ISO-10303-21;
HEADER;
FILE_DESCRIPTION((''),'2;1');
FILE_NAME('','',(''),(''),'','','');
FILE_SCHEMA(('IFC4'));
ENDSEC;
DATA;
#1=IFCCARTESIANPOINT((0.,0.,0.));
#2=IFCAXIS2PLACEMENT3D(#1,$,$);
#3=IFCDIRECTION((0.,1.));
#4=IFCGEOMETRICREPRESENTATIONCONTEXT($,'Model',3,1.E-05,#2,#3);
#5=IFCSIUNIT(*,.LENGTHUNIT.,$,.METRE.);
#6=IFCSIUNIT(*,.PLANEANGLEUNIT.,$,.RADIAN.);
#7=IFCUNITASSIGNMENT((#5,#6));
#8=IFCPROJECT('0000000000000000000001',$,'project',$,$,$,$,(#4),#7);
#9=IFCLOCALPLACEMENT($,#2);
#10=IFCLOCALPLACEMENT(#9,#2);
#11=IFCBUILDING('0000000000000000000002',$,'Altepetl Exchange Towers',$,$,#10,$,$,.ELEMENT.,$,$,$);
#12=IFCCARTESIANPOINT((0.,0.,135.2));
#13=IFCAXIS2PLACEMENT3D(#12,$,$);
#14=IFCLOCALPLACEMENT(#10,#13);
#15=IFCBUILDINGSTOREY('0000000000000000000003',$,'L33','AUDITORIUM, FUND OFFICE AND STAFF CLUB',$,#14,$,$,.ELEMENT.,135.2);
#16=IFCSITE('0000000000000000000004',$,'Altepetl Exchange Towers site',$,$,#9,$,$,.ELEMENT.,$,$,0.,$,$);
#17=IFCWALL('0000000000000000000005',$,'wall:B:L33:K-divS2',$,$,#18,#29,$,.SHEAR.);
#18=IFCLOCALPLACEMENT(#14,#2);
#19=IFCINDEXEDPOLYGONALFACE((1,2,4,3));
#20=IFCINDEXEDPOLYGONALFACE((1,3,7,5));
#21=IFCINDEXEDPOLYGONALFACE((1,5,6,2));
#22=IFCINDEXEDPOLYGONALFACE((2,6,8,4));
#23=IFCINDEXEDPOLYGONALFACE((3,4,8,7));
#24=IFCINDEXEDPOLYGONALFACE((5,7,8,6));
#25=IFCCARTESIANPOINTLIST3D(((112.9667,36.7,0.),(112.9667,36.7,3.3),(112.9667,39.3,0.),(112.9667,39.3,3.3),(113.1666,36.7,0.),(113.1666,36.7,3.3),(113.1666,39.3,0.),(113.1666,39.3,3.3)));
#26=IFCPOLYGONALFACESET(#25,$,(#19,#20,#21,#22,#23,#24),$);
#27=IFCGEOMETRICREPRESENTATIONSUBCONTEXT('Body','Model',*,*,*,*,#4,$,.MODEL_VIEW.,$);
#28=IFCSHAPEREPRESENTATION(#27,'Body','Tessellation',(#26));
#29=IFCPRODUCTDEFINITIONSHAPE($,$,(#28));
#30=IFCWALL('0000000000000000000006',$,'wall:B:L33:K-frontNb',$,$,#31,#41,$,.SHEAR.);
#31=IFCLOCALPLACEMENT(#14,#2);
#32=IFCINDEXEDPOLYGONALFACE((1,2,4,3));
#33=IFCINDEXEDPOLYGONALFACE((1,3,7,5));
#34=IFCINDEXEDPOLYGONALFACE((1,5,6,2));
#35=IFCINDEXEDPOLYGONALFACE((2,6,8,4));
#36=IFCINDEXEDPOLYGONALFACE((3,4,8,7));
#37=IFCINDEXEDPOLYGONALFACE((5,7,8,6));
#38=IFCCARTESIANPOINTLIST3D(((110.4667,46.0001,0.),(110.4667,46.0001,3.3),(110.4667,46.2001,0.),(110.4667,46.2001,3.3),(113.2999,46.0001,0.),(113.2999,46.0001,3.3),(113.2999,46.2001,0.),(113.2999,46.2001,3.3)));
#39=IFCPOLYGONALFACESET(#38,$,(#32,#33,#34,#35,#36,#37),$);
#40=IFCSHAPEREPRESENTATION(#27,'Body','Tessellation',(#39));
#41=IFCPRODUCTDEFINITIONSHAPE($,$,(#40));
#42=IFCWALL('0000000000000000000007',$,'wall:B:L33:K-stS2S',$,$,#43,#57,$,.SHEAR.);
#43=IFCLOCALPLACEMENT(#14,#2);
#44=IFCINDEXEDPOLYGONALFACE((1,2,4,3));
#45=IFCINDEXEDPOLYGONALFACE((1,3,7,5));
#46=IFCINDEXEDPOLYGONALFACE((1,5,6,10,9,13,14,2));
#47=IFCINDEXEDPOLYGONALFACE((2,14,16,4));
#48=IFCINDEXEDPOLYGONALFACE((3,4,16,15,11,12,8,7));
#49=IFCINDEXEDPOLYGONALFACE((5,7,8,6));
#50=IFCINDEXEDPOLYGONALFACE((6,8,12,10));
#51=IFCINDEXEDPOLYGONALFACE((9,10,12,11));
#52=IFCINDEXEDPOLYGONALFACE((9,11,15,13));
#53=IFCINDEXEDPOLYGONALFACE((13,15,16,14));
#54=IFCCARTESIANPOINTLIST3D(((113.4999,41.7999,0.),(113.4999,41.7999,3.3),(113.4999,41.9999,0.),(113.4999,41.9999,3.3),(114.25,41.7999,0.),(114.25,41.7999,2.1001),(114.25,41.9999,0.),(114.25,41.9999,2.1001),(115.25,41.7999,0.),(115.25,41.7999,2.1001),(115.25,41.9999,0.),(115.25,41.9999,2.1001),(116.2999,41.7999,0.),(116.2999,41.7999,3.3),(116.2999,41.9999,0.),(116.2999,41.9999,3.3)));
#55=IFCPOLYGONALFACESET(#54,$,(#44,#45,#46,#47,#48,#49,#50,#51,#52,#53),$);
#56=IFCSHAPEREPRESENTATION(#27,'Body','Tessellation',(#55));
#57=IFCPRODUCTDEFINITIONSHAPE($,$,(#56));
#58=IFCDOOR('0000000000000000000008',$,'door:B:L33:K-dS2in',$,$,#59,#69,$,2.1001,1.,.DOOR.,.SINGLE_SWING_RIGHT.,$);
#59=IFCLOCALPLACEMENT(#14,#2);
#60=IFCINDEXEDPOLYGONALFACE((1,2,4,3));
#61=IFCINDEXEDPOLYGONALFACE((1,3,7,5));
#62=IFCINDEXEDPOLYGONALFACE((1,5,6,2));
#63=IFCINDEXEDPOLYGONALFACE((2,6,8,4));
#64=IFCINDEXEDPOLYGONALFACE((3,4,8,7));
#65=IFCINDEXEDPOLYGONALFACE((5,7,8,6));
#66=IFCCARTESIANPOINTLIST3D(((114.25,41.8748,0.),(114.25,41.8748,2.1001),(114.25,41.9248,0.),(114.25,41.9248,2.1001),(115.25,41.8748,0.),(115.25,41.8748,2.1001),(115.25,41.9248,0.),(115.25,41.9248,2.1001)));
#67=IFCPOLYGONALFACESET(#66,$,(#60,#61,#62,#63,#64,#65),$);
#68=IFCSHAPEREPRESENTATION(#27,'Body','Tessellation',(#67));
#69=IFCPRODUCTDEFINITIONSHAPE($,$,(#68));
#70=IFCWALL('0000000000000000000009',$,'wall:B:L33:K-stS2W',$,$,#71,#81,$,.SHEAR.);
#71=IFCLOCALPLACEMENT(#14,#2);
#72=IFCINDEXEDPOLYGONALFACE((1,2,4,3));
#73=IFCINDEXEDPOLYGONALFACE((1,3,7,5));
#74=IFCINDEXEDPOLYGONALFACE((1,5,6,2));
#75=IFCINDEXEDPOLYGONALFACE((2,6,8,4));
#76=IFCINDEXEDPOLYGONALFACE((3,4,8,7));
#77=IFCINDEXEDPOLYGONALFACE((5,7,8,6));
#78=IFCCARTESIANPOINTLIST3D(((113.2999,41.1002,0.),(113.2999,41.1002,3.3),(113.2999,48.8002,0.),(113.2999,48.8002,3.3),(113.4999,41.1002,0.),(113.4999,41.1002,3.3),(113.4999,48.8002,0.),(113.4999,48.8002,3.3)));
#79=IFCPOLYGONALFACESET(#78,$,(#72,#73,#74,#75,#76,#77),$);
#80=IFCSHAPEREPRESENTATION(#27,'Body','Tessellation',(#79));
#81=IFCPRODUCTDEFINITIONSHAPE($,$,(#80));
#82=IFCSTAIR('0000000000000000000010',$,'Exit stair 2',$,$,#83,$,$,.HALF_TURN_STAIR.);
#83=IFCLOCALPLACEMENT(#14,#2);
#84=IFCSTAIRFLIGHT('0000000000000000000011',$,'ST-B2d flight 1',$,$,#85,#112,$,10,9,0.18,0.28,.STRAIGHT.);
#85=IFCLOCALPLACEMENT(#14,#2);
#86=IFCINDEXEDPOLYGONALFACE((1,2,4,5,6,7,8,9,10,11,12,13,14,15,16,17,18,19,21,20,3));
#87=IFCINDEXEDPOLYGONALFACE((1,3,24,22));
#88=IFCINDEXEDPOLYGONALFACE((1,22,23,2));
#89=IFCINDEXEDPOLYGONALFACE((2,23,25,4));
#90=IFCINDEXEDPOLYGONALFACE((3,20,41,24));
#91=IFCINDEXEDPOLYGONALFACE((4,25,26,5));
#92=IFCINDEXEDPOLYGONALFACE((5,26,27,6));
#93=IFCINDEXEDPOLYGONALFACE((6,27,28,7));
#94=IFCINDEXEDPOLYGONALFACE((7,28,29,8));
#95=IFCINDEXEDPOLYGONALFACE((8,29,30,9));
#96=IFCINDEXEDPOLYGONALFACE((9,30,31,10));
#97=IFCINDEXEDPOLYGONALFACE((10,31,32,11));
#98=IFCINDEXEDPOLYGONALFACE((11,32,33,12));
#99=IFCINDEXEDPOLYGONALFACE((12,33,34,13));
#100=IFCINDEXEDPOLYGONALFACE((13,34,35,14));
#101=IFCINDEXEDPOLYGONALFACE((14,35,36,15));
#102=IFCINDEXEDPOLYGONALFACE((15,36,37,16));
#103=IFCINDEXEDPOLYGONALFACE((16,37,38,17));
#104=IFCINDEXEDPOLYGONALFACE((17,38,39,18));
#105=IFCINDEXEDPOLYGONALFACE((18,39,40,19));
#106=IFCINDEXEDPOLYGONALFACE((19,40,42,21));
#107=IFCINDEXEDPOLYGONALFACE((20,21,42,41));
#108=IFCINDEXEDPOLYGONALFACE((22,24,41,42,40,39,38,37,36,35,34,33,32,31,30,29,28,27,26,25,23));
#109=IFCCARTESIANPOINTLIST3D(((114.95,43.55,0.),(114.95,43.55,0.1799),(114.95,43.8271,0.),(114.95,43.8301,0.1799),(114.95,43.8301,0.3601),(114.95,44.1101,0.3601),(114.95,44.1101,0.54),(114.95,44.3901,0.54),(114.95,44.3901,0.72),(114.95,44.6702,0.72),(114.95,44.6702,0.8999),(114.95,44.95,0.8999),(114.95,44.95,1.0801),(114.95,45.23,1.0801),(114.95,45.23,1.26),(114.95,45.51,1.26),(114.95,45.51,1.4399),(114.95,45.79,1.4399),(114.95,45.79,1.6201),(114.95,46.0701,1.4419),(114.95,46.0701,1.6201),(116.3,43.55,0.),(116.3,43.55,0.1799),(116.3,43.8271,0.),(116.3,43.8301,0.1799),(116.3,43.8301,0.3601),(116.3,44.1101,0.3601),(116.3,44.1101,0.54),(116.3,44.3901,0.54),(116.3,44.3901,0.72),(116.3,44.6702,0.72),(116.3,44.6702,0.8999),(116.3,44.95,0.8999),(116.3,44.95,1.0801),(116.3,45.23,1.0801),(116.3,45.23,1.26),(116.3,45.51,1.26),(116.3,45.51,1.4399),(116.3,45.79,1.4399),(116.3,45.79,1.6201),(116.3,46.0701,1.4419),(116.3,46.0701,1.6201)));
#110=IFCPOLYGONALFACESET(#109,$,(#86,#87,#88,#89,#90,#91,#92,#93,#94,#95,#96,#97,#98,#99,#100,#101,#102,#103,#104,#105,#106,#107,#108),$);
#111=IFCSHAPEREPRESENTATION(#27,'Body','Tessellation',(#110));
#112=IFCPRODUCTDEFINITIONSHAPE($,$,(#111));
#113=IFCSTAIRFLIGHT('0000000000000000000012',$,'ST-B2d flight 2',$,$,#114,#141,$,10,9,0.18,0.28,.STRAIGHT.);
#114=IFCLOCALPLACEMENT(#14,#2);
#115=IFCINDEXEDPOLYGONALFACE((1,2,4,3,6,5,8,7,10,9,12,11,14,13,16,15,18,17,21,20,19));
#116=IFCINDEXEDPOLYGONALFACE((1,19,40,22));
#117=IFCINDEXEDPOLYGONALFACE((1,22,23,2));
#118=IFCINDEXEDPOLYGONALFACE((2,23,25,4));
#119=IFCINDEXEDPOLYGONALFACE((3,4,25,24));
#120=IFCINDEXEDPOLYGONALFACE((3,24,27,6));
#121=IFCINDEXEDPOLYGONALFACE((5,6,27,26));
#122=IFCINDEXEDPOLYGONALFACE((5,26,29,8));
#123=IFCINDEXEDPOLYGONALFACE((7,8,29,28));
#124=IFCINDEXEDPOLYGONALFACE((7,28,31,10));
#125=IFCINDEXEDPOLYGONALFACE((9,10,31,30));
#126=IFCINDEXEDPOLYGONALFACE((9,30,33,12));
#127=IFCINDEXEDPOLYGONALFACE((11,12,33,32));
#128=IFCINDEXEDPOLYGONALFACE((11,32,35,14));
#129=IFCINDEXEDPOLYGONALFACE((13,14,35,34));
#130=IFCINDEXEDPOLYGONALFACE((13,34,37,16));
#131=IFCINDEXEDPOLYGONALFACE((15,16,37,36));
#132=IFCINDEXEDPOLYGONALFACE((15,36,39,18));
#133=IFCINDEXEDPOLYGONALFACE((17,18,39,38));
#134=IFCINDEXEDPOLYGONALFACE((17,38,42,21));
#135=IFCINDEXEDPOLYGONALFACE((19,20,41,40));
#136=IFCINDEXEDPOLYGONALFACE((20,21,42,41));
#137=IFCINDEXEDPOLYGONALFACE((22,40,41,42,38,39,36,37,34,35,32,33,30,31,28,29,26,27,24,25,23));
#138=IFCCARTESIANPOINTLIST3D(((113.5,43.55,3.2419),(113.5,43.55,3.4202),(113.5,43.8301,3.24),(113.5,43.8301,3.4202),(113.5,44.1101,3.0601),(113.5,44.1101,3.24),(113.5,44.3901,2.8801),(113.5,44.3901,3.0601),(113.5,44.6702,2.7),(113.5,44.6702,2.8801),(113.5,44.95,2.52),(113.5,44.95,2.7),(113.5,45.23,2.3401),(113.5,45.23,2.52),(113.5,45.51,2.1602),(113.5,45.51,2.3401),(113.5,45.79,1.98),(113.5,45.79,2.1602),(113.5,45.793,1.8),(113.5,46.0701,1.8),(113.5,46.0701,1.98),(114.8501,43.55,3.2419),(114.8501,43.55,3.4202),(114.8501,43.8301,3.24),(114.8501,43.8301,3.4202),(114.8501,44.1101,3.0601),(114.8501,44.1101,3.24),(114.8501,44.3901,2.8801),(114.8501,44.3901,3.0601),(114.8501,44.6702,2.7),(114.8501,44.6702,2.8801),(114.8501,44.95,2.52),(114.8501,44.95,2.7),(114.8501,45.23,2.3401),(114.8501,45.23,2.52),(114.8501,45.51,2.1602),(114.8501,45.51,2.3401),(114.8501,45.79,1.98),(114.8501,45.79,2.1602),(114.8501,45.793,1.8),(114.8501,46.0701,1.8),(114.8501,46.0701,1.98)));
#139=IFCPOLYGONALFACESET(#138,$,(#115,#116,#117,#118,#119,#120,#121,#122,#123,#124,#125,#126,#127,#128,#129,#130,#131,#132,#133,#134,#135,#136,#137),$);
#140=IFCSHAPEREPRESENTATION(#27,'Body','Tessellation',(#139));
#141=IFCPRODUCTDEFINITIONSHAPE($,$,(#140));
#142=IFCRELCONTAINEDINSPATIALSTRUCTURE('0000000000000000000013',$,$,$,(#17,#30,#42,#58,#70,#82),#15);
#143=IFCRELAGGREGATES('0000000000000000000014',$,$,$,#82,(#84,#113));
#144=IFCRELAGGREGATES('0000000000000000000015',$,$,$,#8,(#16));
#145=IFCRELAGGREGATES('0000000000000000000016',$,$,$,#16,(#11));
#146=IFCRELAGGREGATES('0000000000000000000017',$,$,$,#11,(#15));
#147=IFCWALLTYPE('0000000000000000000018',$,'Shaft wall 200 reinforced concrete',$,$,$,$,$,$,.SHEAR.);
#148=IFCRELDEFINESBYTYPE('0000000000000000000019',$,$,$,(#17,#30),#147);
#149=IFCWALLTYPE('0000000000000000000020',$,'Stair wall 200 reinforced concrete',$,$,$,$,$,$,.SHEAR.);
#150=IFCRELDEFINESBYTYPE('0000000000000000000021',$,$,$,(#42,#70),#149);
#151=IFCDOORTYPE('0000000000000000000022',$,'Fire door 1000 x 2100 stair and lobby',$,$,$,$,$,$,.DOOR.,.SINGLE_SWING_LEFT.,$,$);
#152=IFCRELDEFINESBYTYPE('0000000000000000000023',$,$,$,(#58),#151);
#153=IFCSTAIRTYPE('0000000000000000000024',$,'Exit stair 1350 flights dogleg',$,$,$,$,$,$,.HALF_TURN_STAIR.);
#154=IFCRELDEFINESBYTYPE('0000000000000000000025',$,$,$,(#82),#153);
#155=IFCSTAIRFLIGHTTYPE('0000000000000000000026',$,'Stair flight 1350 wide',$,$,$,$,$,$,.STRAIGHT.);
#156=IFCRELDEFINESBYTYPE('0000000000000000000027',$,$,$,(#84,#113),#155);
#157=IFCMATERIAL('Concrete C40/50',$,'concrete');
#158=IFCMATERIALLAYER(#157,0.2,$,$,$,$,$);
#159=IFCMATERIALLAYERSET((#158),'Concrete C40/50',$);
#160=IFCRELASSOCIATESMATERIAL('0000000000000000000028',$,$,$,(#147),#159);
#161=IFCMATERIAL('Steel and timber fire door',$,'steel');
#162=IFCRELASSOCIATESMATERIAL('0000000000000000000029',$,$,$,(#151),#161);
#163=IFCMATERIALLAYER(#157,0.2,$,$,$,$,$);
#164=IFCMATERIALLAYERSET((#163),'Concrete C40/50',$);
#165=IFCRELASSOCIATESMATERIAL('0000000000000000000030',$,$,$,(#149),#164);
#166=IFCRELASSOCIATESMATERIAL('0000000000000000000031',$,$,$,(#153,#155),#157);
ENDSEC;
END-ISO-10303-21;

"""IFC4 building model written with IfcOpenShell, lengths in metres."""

from ifc_helpers import new_model, si_unit, direction, frame, frame_2d, origin, place, context, subcontext, project, spatial, polyline, rectangle, outline, extrude, material, layer, layer_set, type_object, element, fill, aggregate, save


model = new_model("IFC4")

# Units and contexts
model_context = context("Model", 3, precision=1e-05, world=origin(), true_north=direction((0.0, 1.0)))
body_context = subcontext(model_context, "Body", "Model", "MODEL_VIEW")
ifc_project = project(units=[si_unit("LENGTHUNIT", "METRE"), si_unit("PLANEANGLEUNIT", "RADIAN")], contexts=[model_context])

# Site, building, storey
site_placement = place(None, origin())
site = spatial("IfcSite", under=ifc_project, at=site_placement, Name="Altepetl Exchange Towers site", CompositionType="ELEMENT", RefElevation=0.0)
building_placement = place(site_placement, origin())
building = spatial("IfcBuilding", under=site, at=building_placement, Name="Altepetl Exchange Towers", CompositionType="ELEMENT")
storey_placement = place(building_placement, frame((0.0, 0.0, 135.2)))
storey = spatial("IfcBuildingStorey", under=building, at=storey_placement, Name="L33", Description="AUDITORIUM, FUND OFFICE AND STAFF CLUB", CompositionType="ELEMENT", Elevation=135.2)

# Shared definitions
ifc_material_1 = material(Name="Concrete C40/50", Category="concrete")
ifc_layer_1 = layer(ifc_material_1, 0.2)
ifc_layer_set_1 = layer_set([ifc_layer_1], Name="Concrete C40/50")
wall_type_1 = type_object("IfcWallType", Name="Shaft wall 200 reinforced concrete", PredefinedType="SHEAR", material=ifc_layer_set_1)
ifc_material_2 = material(Name="Steel and timber fire door", Category="steel")
door_type = type_object("IfcDoorType", Name="Fire door 1000 x 2100 stair and lobby", OperationType="SINGLE_SWING_LEFT", PredefinedType="DOOR", material=ifc_material_2)

# Walls
wall_1_placement = place(storey_placement, frame((113.0667, 36.7, 0.0), z_axis=(0.0, 0.0, 1.0), x_axis=(0.0, 1.0, 0.0)))
element("IfcWall", 1, at=wall_1_placement, inside=storey, type_object=wall_type_1, Name="wall:B:L33:K-divS2", PredefinedType="SHEAR", context=body_context, shape_type="SweptSolid", body=[
    extrude(rectangle(XDim=2.6001, YDim=0.2, at=frame_2d((1.3, 0.0))), origin(), (0.0, 0.0, 1.0), 3.3),
])
wall_2_placement = place(storey_placement, frame((110.4668, 46.1001, 0.0)))
element("IfcWall", 2, at=wall_2_placement, inside=storey, type_object=wall_type_1, Name="wall:B:L33:K-frontNb", PredefinedType="SHEAR", context=body_context, shape_type="SweptSolid", body=[
    extrude(rectangle(XDim=2.8333, YDim=0.2, at=frame_2d((1.4165, 0.0))), origin(), (0.0, 0.0, 1.0), 3.3),
])

# Wall, opening, door
ifc_layer_2 = layer(ifc_material_1, 0.2)
ifc_layer_set_2 = layer_set([ifc_layer_2], Name="Concrete C40/50")
wall_type_2 = type_object("IfcWallType", Name="Stair wall 200 reinforced concrete", PredefinedType="SHEAR", material=ifc_layer_set_2)
wall_3_placement = place(storey_placement, frame((113.5, 41.8999, 0.0)))
wall_3 = element("IfcWall", 3, at=wall_3_placement, inside=storey, type_object=wall_type_2, Name="wall:B:L33:K-stS2S", PredefinedType="SHEAR", context=body_context, shape_type="SweptSolid", body=[
    extrude(rectangle(XDim=2.8, YDim=0.2, at=frame_2d((1.3999, 0.0))), origin(), (0.0, 0.0, 1.0), 3.3),
])
opening_1_placement = place(wall_3_placement, frame((0.75, 0.0, 0.0)))
opening_1 = element("IfcOpeningElement", 4, at=opening_1_placement, cuts=wall_3, PredefinedType="OPENING", context=body_context, shape_type="SweptSolid", body=[
    extrude(rectangle(XDim=1.0, YDim=2.1001, at=frame_2d((0.5, 1.05))), frame((0.0, 0.1099, 0.0), z_axis=(0.0, -1.0, 0.0), x_axis=(1.0, 0.0, 0.0)), (0.0, 0.0, 1.0), 0.22),
])
door_1_placement = place(opening_1_placement, origin())
door_1 = element("IfcDoor", 5, at=door_1_placement, inside=storey, type_object=door_type, Name="door:B:L33:K-dS2in", OperationType="SINGLE_SWING_RIGHT", OverallHeight=2.1001, OverallWidth=1.0, PredefinedType="DOOR", context=body_context, shape_type="SweptSolid", body=[
    extrude(rectangle(XDim=1.0, YDim=2.1001, at=frame_2d((0.5, 1.05))), frame((0.0, 0.0249, 0.0), z_axis=(0.0, -1.0, 0.0), x_axis=(1.0, 0.0, 0.0)), (0.0, 0.0, 1.0), 0.05),
])
fill(opening_1, door_1)

# Wall
wall_4_placement = place(storey_placement, frame((113.3999, 41.1001, 0.0), z_axis=(0.0, 0.0, 1.0), x_axis=(0.0, 1.0, 0.0)))
element("IfcWall", 6, at=wall_4_placement, inside=storey, type_object=wall_type_2, Name="wall:B:L33:K-stS2W", PredefinedType="SHEAR", context=body_context, shape_type="SweptSolid", body=[
    extrude(rectangle(XDim=7.7, YDim=0.2, at=frame_2d((3.8501, 0.0))), origin(), (0.0, 0.0, 1.0), 3.3),
])

# Stair, stair flights
stair_type = type_object("IfcStairType", Name="Exit stair 1350 flights dogleg", PredefinedType="HALF_TURN_STAIR", material=ifc_material_1)
stair_placement = place(storey_placement, origin())
stair = element("IfcStair", 7, at=stair_placement, inside=storey, type_object=stair_type, Name="Exit stair 2", PredefinedType="HALF_TURN_STAIR")
stair_flight_type = type_object("IfcStairFlightType", Name="Stair flight 1350 wide", PredefinedType="STRAIGHT", material=ifc_material_1)
stair_flight_1_placement = place(storey_placement, frame((115.625, 43.55, 0.0), z_axis=(0.0, 0.0, 1.0), x_axis=(0.0, 1.0, 0.0)))
stair_flight_1 = element("IfcStairFlight", 8, at=stair_flight_1_placement, type_object=stair_flight_type, Name="ST-B2d flight 1", NumberOfRisers=10, NumberOfTreads=9, PredefinedType="STRAIGHT", RiserHeight=0.18, TreadLength=0.28, context=body_context, shape_type="SweptSolid", body=[
    extrude(outline(polyline([(0.0, 0.0), (0.0, 0.1799), (0.28, 0.1799), (0.28, 0.3601), (0.5601, 0.3601), (0.5601, 0.54), (0.8401, 0.54), (0.8401, 0.72), (1.1201, 0.72), (1.1201, 0.8999), (1.3999, 0.8999), (1.3999, 1.0801), (1.6799, 1.0801), (1.6799, 1.26), (1.96, 1.26), (1.96, 1.4399), (2.24, 1.4399), (2.24, 1.6201), (2.52, 1.6201), (2.52, 1.8), (2.52, 1.4419), (0.2771, 0.0), (0.0, 0.0)])), frame((0.0, 0.675, 0.0), z_axis=(0.0, -1.0, 0.0), x_axis=(1.0, 0.0, 0.0)), (0.0, 0.0, 1.0), 1.3501),
])
stair_flight_2_placement = place(storey_placement, frame((114.175, 46.0701, 1.8), z_axis=(0.0, 0.0, 1.0), x_axis=(0.0, -1.0, 0.0)))
stair_flight_2 = element("IfcStairFlight", 9, at=stair_flight_2_placement, type_object=stair_flight_type, Name="ST-B2d flight 2", NumberOfRisers=10, NumberOfTreads=9, PredefinedType="STRAIGHT", RiserHeight=0.18, TreadLength=0.28, context=body_context, shape_type="SweptSolid", body=[
    extrude(outline(polyline([(0.0, 0.0), (0.0, 0.1799), (0.28, 0.1799), (0.28, 0.3601), (0.5601, 0.3601), (0.5601, 0.54), (0.8401, 0.54), (0.8401, 0.72), (1.1201, 0.72), (1.1201, 0.8999), (1.3999, 0.8999), (1.3999, 1.0801), (1.6799, 1.0801), (1.6799, 1.26), (1.96, 1.26), (1.96, 1.4399), (2.24, 1.4399), (2.24, 1.6201), (2.52, 1.6201), (2.52, 1.8), (2.52, 1.4419), (0.2771, 0.0), (0.0, 0.0)])), frame((0.0, 0.675, 0.0), z_axis=(0.0, -1.0, 0.0), x_axis=(1.0, 0.0, 0.0)), (0.0, 0.0, 1.0), 1.3501),
])
aggregate(stair, [stair_flight_1, stair_flight_2])

save(model, "model.ifc")
